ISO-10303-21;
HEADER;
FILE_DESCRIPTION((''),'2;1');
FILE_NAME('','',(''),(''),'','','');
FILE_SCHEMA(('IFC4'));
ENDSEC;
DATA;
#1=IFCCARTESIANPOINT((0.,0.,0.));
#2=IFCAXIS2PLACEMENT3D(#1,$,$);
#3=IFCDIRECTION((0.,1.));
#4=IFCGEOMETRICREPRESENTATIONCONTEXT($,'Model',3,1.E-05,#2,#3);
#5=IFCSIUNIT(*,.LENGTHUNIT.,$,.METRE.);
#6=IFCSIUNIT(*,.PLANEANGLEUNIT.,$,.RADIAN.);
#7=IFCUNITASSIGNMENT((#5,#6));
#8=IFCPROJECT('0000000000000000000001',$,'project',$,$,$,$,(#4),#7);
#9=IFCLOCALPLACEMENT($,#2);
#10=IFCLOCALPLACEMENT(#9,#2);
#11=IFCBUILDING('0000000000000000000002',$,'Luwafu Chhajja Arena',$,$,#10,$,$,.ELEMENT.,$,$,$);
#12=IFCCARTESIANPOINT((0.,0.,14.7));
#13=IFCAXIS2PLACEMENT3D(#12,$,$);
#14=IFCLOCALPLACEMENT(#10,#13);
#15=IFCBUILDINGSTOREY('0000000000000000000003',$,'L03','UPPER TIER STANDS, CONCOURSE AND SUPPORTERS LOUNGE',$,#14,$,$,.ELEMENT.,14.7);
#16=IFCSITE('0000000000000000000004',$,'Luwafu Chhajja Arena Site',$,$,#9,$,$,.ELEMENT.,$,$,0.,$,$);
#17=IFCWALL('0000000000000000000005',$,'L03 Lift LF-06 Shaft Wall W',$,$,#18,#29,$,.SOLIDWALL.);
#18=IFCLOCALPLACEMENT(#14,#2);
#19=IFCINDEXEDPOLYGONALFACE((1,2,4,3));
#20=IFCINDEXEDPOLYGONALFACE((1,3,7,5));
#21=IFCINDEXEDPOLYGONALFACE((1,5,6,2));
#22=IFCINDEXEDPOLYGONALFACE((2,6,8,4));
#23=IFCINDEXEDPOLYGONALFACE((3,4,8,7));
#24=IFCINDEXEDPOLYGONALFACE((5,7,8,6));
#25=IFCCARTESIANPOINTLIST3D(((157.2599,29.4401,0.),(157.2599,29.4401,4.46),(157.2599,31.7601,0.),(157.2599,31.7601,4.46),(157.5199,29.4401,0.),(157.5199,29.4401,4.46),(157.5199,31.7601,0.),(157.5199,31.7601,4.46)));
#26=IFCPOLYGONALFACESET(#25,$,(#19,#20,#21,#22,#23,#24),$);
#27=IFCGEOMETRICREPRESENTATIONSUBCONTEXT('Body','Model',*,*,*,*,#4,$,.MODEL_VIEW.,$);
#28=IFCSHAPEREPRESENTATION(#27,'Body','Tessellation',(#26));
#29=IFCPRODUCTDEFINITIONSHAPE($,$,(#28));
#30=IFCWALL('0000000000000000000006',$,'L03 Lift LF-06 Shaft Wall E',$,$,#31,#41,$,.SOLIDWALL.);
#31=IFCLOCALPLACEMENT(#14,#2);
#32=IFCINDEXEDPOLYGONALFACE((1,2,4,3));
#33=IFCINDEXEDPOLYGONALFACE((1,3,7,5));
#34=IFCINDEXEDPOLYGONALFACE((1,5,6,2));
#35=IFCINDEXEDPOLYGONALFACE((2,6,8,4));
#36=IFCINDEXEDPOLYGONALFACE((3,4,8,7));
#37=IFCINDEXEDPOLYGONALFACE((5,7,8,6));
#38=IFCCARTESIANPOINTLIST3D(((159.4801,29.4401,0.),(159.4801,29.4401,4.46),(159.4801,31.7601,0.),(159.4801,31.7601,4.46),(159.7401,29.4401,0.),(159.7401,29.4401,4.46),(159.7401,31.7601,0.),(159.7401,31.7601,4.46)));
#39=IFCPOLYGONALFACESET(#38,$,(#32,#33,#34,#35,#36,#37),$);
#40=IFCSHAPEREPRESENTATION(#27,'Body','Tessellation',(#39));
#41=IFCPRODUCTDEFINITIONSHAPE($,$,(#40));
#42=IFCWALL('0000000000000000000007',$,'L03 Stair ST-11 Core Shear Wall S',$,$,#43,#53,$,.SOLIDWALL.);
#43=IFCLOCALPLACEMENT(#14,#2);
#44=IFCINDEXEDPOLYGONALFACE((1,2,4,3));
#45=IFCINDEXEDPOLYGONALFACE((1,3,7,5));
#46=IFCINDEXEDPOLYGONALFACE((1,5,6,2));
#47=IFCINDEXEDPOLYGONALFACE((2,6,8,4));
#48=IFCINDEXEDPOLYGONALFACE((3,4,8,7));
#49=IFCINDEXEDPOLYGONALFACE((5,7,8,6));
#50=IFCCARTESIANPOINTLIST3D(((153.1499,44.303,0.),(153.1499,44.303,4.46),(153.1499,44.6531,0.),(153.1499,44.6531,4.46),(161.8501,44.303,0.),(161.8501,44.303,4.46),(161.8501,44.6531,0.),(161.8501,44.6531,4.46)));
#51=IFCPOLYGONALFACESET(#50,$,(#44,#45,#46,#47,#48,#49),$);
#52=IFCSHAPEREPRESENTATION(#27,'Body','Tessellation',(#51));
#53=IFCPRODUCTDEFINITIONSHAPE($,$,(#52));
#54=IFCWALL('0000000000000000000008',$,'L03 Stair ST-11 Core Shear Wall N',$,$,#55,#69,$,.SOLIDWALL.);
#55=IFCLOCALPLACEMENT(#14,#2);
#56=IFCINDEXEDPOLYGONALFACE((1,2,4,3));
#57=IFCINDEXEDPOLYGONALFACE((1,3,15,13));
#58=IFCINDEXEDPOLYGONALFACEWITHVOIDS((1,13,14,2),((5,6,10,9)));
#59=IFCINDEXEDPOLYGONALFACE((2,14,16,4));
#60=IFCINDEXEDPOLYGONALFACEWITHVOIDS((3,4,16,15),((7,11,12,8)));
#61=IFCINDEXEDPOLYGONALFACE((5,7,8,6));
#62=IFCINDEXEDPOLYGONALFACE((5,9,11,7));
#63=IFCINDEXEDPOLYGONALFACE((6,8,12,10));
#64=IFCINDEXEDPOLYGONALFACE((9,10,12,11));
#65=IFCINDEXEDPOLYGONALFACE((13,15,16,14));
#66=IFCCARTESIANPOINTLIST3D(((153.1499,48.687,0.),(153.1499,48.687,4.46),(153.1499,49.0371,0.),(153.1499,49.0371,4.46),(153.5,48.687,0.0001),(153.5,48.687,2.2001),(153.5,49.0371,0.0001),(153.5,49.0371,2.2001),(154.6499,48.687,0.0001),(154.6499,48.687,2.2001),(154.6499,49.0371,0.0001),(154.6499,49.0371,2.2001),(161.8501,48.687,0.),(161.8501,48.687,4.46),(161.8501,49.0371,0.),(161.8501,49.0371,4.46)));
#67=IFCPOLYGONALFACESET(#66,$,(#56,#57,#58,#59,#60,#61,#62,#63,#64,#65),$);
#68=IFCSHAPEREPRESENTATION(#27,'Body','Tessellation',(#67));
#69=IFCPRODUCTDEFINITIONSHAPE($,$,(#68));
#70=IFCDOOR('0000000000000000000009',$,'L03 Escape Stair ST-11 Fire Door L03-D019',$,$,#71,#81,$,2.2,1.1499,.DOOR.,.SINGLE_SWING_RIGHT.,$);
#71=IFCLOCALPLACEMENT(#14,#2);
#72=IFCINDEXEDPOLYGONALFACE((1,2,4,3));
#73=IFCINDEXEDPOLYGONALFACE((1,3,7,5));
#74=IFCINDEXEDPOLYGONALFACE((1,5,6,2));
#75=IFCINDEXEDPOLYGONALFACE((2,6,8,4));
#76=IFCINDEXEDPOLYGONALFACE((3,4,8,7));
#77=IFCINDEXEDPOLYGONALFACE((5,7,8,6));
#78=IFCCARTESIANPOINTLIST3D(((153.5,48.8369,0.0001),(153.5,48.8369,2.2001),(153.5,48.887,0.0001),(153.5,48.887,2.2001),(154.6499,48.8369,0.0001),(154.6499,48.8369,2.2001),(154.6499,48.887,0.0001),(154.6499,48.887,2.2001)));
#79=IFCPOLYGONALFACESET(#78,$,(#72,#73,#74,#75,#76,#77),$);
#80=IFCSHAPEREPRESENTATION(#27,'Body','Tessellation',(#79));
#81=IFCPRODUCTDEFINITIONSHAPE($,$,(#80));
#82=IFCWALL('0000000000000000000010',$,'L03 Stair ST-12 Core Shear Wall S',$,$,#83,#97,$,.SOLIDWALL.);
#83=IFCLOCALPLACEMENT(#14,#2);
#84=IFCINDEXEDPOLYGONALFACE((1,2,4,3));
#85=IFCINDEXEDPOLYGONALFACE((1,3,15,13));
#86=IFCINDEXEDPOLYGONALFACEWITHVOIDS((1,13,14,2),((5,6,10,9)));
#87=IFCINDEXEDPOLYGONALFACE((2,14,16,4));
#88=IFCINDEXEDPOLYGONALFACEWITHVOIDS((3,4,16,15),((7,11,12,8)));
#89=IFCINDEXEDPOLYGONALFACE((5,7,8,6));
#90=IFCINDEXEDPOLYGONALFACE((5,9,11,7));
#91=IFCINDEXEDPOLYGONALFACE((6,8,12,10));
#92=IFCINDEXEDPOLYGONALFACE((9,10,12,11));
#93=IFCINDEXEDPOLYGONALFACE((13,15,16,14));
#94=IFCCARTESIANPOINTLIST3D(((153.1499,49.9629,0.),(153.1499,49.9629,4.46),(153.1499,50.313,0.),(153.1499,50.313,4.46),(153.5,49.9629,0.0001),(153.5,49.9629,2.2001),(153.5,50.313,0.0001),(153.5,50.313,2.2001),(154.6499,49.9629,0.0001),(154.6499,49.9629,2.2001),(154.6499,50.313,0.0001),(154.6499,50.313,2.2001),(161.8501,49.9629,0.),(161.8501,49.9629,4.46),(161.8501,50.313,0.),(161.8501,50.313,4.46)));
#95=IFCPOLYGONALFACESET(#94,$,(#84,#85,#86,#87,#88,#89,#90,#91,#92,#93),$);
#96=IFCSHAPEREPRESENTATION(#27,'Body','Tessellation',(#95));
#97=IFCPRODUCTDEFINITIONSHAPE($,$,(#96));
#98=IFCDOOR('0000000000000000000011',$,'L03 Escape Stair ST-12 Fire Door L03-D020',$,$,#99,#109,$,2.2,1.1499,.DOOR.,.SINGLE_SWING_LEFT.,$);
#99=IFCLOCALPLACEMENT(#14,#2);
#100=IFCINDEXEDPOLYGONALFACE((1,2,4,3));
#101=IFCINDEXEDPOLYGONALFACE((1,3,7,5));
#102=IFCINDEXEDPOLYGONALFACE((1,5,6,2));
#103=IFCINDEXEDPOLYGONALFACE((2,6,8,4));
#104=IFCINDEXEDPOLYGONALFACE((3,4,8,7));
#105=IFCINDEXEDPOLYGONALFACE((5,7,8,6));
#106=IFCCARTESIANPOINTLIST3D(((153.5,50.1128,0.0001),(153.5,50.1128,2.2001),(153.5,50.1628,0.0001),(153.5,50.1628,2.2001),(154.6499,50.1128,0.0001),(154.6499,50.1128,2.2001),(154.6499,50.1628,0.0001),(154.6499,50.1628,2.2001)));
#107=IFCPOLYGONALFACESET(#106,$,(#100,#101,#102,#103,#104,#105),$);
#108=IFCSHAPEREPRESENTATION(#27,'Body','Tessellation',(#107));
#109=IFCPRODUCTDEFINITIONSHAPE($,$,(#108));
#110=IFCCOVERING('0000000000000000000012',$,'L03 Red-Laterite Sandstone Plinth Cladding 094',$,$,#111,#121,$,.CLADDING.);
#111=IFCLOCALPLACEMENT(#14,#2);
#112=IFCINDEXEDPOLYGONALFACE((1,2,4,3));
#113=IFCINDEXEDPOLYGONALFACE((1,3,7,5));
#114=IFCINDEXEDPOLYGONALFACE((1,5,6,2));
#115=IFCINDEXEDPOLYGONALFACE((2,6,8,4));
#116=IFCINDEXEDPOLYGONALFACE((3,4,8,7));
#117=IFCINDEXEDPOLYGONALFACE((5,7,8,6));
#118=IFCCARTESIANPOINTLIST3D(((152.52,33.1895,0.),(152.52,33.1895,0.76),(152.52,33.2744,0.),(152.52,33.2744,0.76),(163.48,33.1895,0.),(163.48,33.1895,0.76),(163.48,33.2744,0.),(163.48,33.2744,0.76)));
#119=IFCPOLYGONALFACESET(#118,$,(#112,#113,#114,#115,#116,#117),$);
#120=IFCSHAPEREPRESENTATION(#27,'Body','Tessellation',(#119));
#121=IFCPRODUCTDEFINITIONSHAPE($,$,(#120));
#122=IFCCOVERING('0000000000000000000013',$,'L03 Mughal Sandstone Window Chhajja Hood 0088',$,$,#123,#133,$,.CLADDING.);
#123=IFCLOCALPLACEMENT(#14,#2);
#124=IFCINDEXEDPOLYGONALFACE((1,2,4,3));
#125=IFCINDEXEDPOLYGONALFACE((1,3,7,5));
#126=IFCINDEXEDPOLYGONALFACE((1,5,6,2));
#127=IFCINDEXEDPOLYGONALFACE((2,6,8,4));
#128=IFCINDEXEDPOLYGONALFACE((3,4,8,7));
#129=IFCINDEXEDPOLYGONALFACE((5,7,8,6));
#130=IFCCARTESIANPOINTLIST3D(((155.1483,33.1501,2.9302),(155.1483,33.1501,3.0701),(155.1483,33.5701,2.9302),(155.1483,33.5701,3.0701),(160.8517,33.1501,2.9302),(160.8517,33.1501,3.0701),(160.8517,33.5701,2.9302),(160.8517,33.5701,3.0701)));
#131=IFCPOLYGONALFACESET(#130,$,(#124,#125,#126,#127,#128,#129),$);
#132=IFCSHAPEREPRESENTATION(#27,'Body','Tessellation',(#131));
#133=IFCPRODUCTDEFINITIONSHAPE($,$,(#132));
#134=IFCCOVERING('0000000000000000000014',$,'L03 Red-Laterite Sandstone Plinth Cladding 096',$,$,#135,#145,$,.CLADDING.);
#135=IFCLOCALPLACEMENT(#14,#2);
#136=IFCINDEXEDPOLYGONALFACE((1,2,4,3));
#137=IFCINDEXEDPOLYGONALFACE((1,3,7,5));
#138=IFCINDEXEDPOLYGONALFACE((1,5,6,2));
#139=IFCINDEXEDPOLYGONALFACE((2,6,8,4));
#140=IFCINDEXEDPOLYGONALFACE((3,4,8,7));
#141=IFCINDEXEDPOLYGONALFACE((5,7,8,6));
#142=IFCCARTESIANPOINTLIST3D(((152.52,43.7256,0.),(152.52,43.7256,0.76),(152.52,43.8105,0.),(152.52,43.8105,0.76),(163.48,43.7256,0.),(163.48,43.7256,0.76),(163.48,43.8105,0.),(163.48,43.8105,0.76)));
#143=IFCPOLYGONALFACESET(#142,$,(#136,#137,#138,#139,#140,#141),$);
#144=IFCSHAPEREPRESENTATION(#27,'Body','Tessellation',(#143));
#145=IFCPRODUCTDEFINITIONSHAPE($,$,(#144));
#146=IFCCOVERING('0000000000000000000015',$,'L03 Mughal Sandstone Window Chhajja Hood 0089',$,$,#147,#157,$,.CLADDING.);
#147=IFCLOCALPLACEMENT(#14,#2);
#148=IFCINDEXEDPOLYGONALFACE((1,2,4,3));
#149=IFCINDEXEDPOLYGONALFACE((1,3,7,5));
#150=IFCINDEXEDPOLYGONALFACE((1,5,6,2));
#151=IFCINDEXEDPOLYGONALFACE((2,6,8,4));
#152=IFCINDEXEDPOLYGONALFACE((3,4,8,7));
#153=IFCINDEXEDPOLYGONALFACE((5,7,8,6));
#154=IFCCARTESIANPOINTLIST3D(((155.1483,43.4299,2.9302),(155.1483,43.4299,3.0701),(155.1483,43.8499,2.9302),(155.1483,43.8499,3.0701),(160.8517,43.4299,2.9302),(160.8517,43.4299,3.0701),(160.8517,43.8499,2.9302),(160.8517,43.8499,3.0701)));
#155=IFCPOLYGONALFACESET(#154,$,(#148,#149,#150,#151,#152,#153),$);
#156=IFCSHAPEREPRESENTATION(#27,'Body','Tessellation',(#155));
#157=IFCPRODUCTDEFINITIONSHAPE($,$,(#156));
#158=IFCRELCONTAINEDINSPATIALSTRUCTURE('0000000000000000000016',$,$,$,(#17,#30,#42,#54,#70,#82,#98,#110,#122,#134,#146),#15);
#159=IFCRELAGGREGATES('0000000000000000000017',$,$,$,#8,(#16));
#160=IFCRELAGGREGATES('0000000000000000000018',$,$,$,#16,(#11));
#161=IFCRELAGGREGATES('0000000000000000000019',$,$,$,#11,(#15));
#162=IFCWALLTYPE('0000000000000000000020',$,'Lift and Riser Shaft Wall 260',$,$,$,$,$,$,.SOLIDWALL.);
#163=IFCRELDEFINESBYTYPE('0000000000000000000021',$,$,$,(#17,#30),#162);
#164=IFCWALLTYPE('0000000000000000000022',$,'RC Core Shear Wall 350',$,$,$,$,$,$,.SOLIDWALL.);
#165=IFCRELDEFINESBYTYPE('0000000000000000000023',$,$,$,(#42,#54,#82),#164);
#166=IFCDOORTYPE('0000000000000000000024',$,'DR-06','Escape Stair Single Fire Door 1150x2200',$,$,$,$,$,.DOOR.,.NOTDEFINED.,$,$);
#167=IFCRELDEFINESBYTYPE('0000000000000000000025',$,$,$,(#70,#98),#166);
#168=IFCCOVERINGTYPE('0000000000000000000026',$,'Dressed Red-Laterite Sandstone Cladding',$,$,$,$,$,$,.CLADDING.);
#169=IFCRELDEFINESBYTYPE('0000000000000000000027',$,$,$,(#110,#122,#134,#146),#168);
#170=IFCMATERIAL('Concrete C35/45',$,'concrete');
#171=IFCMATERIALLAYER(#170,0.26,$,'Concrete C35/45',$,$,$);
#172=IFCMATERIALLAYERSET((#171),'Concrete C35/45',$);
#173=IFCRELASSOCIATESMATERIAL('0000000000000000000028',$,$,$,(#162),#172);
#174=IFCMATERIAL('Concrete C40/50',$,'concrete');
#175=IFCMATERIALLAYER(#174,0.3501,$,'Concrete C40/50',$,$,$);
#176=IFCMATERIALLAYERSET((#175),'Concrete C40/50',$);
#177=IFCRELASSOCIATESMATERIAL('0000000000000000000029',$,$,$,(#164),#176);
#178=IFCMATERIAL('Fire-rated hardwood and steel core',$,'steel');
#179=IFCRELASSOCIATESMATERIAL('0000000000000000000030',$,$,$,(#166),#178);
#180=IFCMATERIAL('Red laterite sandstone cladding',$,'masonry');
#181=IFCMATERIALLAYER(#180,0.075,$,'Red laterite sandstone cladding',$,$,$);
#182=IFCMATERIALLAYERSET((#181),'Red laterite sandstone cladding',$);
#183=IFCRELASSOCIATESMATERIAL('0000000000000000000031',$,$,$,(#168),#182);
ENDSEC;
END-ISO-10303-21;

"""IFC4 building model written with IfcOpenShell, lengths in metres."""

from ifc_helpers import new_model, si_unit, direction, frame, frame_2d, origin, origin_2d, place, context, subcontext, project, spatial, rectangle, extrude, material, layer, layer_set, type_object, element, fill, save


model = new_model("IFC4")

# Units and contexts
model_context = context("Model", 3, precision=1e-05, world=origin(), true_north=direction((0.0, 1.0)))
body_context = subcontext(model_context, "Body", "Model", "MODEL_VIEW")
ifc_project = project(units=[si_unit("LENGTHUNIT", "METRE"), si_unit("PLANEANGLEUNIT", "RADIAN")], contexts=[model_context])

# Site, building, storey
site_placement = place(None, origin())
site = spatial("IfcSite", under=ifc_project, at=site_placement, Name="Luwafu Chhajja Arena Site", CompositionType="ELEMENT", RefElevation=0.0)
building_placement = place(site_placement, origin())
building = spatial("IfcBuilding", under=site, at=building_placement, Name="Luwafu Chhajja Arena", CompositionType="ELEMENT")
storey_placement = place(building_placement, frame((0.0, 0.0, 14.7)))
storey = spatial("IfcBuildingStorey", under=building, at=storey_placement, Name="L03", Description="UPPER TIER STANDS, CONCOURSE AND SUPPORTERS LOUNGE", CompositionType="ELEMENT", Elevation=14.7)

# Shared definitions
ifc_material_1 = material(Name="Concrete C40/50", Category="concrete")
ifc_material_2 = material(Name="Concrete C35/45", Category="concrete")
ifc_layer_1 = layer(ifc_material_2, 0.26, Name="Concrete C35/45")
ifc_layer_set_1 = layer_set([ifc_layer_1], Name="Concrete C35/45")
wall_type_1 = type_object("IfcWallType", Name="Lift and Riser Shaft Wall 260", PredefinedType="SOLIDWALL", material=ifc_layer_set_1)

# Walls
for number, where, z_axis, x_axis, name in (
    (1, (157.3899, 29.4399, 0.0), (0.0, 0.0, 1.0), (0.0, 1.0, 0.0), "L03 Lift LF-06 Shaft Wall W"),
    (2, (159.6101, 29.4399, 0.0), (0.0, 0.0, 1.0), (0.0, 1.0, 0.0), "L03 Lift LF-06 Shaft Wall E"),
):
    element("IfcWall", number, at=place(storey_placement, frame(where, z_axis=z_axis, x_axis=x_axis)), inside=storey, type_object=wall_type_1, Name=name, PredefinedType="SOLIDWALL", context=body_context, shape_type="SweptSolid", body=[
        extrude(rectangle(XDim=2.3201, YDim=0.26, at=frame_2d((1.1602, 0.0))), origin(), (0.0, 0.0, 1.0), 4.46),
    ])
ifc_layer_2 = layer(ifc_material_1, 0.3501, Name="Concrete C40/50")
ifc_layer_set_2 = layer_set([ifc_layer_2], Name="Concrete C40/50")
wall_type_2 = type_object("IfcWallType", Name="RC Core Shear Wall 350", PredefinedType="SOLIDWALL", material=ifc_layer_set_2)
wall_1_placement = place(storey_placement, frame((153.1499, 44.478, 0.0), z_axis=(0.0, 0.0, 1.0), x_axis=(1.0, 0.0, 0.0)))
element("IfcWall", 3, at=wall_1_placement, inside=storey, type_object=wall_type_2, Name="L03 Stair ST-11 Core Shear Wall S", PredefinedType="SOLIDWALL", context=body_context, shape_type="SweptSolid", body=[
    extrude(rectangle(XDim=8.7002, YDim=0.3501, at=frame_2d((4.3501, 0.0))), origin(), (0.0, 0.0, 1.0), 4.46),
])

# Walls, openings, doors
wall_2_placement = place(storey_placement, frame((153.1499, 48.8621, 0.0), z_axis=(0.0, 0.0, 1.0), x_axis=(1.0, 0.0, 0.0)))
wall_2 = element("IfcWall", 4, at=wall_2_placement, inside=storey, type_object=wall_type_2, Name="L03 Stair ST-11 Core Shear Wall N", PredefinedType="SOLIDWALL", context=body_context, shape_type="SweptSolid", body=[
    extrude(rectangle(XDim=8.7002, YDim=0.3501, at=frame_2d((4.3501, 0.0))), origin(), (0.0, 0.0, 1.0), 4.46),
])
opening_1_placement = place(wall_2_placement, frame((0.3501, 0.0, 0.0)))
opening_1 = element("IfcOpeningElement", 5, at=opening_1_placement, cuts=wall_2, PredefinedType="OPENING", context=body_context, shape_type="SweptSolid", body=[
    extrude(rectangle(XDim=1.1499, YDim=2.2, at=frame_2d((0.575, 1.1001))), frame((0.0, 0.1851, 0.0), z_axis=(0.0, -1.0, 0.0), x_axis=(1.0, 0.0, 0.0)), (0.0, 0.0, 1.0), 0.3701),
])
ifc_material_3 = material(Name="Fire-rated hardwood and steel core", Category="steel")
door_type_1 = type_object("IfcDoorType", Name="DR-06", Description="Escape Stair Single Fire Door 1150x2200", OperationType="NOTDEFINED", PredefinedType="DOOR", material=ifc_material_3)
door_1_placement = place(opening_1_placement, origin())
door_1 = element("IfcDoor", 6, at=door_1_placement, inside=storey, type_object=door_type_1, Name="L03 Escape Stair ST-11 Fire Door L03-D019", OperationType="SINGLE_SWING_RIGHT", OverallHeight=2.2, OverallWidth=1.1499, PredefinedType="DOOR", context=body_context, shape_type="SweptSolid", body=[
    extrude(rectangle(XDim=1.1499, YDim=2.2, at=frame_2d((0.575, 1.1001))), frame((0.0, 0.0249, 0.0), z_axis=(0.0, -1.0, 0.0), x_axis=(1.0, 0.0, 0.0)), (0.0, 0.0, 1.0), 0.05),
])
fill(opening_1, door_1)
wall_3_placement = place(storey_placement, frame((153.1499, 50.1379, 0.0), z_axis=(0.0, 0.0, 1.0), x_axis=(1.0, 0.0, 0.0)))
wall_3 = element("IfcWall", 7, at=wall_3_placement, inside=storey, type_object=wall_type_2, Name="L03 Stair ST-12 Core Shear Wall S", PredefinedType="SOLIDWALL", context=body_context, shape_type="SweptSolid", body=[
    extrude(rectangle(XDim=8.7002, YDim=0.3501, at=frame_2d((4.3501, 0.0))), origin(), (0.0, 0.0, 1.0), 4.46),
])
opening_2_placement = place(wall_3_placement, frame((0.3501, 0.0, 0.0)))
opening_2 = element("IfcOpeningElement", 8, at=opening_2_placement, cuts=wall_3, PredefinedType="OPENING", context=body_context, shape_type="SweptSolid", body=[
    extrude(rectangle(XDim=1.1499, YDim=2.2, at=frame_2d((0.575, 1.1001))), frame((0.0, 0.1851, 0.0), z_axis=(0.0, -1.0, 0.0), x_axis=(1.0, 0.0, 0.0)), (0.0, 0.0, 1.0), 0.3701),
])
door_2_placement = place(opening_2_placement, origin())
door_2 = element("IfcDoor", 9, at=door_2_placement, inside=storey, type_object=door_type_1, Name="L03 Escape Stair ST-12 Fire Door L03-D020", OperationType="SINGLE_SWING_LEFT", OverallHeight=2.2, OverallWidth=1.1499, PredefinedType="DOOR", context=body_context, shape_type="SweptSolid", body=[
    extrude(rectangle(XDim=1.1499, YDim=2.2, at=frame_2d((0.575, 1.1001))), frame((0.0, 0.0249, 0.0), z_axis=(0.0, -1.0, 0.0), x_axis=(1.0, 0.0, 0.0)), (0.0, 0.0, 1.0), 0.05),
])
fill(opening_2, door_2)

# Coverings
ifc_material_4 = material(Name="Red laterite sandstone cladding", Category="masonry")
ifc_layer_3 = layer(ifc_material_4, 0.075, Name="Red laterite sandstone cladding")
ifc_layer_set_3 = layer_set([ifc_layer_3], Name="Red laterite sandstone cladding")
covering_type = type_object("IfcCoveringType", Name="Dressed Red-Laterite Sandstone Cladding", PredefinedType="CLADDING", material=ifc_layer_set_3)
covering_1_placement = place(storey_placement, frame((158.0, 33.2319, 0.0), z_axis=(0.0, 0.0, 1.0), x_axis=(1.0, 0.0, 0.0)))
element("IfcCovering", 10, at=covering_1_placement, inside=storey, type_object=covering_type, Name="L03 Red-Laterite Sandstone Plinth Cladding 094", PredefinedType="CLADDING", context=body_context, shape_type="SweptSolid", body=[
    extrude(rectangle(XDim=10.96, YDim=0.085, at=origin_2d()), origin(), (0.0, 0.0, 1.0), 0.76),
])
covering_2_placement = place(storey_placement, frame((158.0, 33.3601, 2.9302), z_axis=(0.0, 0.0, 1.0), x_axis=(1.0, 0.0, 0.0)))
element("IfcCovering", 11, at=covering_2_placement, inside=storey, type_object=covering_type, Name="L03 Mughal Sandstone Window Chhajja Hood 0088", PredefinedType="CLADDING", context=body_context, shape_type="SweptSolid", body=[
    extrude(rectangle(XDim=5.7034, YDim=0.4199, at=origin_2d()), origin(), (0.0, 0.0, 1.0), 0.1399),
])
covering_3_placement = place(storey_placement, frame((158.0, 43.7681, 0.0), z_axis=(0.0, 0.0, 1.0), x_axis=(1.0, 0.0, 0.0)))
element("IfcCovering", 12, at=covering_3_placement, inside=storey, type_object=covering_type, Name="L03 Red-Laterite Sandstone Plinth Cladding 096", PredefinedType="CLADDING", context=body_context, shape_type="SweptSolid", body=[
    extrude(rectangle(XDim=10.96, YDim=0.085, at=origin_2d()), origin(), (0.0, 0.0, 1.0), 0.76),
])
covering_4_placement = place(storey_placement, frame((158.0, 43.6399, 2.9302), z_axis=(0.0, 0.0, 1.0), x_axis=(1.0, 0.0, 0.0)))
element("IfcCovering", 13, at=covering_4_placement, inside=storey, type_object=covering_type, Name="L03 Mughal Sandstone Window Chhajja Hood 0089", PredefinedType="CLADDING", context=body_context, shape_type="SweptSolid", body=[
    extrude(rectangle(XDim=5.7034, YDim=0.4199, at=origin_2d()), origin(), (0.0, 0.0, 1.0), 0.1399),
])

save(model, "model.ifc")
